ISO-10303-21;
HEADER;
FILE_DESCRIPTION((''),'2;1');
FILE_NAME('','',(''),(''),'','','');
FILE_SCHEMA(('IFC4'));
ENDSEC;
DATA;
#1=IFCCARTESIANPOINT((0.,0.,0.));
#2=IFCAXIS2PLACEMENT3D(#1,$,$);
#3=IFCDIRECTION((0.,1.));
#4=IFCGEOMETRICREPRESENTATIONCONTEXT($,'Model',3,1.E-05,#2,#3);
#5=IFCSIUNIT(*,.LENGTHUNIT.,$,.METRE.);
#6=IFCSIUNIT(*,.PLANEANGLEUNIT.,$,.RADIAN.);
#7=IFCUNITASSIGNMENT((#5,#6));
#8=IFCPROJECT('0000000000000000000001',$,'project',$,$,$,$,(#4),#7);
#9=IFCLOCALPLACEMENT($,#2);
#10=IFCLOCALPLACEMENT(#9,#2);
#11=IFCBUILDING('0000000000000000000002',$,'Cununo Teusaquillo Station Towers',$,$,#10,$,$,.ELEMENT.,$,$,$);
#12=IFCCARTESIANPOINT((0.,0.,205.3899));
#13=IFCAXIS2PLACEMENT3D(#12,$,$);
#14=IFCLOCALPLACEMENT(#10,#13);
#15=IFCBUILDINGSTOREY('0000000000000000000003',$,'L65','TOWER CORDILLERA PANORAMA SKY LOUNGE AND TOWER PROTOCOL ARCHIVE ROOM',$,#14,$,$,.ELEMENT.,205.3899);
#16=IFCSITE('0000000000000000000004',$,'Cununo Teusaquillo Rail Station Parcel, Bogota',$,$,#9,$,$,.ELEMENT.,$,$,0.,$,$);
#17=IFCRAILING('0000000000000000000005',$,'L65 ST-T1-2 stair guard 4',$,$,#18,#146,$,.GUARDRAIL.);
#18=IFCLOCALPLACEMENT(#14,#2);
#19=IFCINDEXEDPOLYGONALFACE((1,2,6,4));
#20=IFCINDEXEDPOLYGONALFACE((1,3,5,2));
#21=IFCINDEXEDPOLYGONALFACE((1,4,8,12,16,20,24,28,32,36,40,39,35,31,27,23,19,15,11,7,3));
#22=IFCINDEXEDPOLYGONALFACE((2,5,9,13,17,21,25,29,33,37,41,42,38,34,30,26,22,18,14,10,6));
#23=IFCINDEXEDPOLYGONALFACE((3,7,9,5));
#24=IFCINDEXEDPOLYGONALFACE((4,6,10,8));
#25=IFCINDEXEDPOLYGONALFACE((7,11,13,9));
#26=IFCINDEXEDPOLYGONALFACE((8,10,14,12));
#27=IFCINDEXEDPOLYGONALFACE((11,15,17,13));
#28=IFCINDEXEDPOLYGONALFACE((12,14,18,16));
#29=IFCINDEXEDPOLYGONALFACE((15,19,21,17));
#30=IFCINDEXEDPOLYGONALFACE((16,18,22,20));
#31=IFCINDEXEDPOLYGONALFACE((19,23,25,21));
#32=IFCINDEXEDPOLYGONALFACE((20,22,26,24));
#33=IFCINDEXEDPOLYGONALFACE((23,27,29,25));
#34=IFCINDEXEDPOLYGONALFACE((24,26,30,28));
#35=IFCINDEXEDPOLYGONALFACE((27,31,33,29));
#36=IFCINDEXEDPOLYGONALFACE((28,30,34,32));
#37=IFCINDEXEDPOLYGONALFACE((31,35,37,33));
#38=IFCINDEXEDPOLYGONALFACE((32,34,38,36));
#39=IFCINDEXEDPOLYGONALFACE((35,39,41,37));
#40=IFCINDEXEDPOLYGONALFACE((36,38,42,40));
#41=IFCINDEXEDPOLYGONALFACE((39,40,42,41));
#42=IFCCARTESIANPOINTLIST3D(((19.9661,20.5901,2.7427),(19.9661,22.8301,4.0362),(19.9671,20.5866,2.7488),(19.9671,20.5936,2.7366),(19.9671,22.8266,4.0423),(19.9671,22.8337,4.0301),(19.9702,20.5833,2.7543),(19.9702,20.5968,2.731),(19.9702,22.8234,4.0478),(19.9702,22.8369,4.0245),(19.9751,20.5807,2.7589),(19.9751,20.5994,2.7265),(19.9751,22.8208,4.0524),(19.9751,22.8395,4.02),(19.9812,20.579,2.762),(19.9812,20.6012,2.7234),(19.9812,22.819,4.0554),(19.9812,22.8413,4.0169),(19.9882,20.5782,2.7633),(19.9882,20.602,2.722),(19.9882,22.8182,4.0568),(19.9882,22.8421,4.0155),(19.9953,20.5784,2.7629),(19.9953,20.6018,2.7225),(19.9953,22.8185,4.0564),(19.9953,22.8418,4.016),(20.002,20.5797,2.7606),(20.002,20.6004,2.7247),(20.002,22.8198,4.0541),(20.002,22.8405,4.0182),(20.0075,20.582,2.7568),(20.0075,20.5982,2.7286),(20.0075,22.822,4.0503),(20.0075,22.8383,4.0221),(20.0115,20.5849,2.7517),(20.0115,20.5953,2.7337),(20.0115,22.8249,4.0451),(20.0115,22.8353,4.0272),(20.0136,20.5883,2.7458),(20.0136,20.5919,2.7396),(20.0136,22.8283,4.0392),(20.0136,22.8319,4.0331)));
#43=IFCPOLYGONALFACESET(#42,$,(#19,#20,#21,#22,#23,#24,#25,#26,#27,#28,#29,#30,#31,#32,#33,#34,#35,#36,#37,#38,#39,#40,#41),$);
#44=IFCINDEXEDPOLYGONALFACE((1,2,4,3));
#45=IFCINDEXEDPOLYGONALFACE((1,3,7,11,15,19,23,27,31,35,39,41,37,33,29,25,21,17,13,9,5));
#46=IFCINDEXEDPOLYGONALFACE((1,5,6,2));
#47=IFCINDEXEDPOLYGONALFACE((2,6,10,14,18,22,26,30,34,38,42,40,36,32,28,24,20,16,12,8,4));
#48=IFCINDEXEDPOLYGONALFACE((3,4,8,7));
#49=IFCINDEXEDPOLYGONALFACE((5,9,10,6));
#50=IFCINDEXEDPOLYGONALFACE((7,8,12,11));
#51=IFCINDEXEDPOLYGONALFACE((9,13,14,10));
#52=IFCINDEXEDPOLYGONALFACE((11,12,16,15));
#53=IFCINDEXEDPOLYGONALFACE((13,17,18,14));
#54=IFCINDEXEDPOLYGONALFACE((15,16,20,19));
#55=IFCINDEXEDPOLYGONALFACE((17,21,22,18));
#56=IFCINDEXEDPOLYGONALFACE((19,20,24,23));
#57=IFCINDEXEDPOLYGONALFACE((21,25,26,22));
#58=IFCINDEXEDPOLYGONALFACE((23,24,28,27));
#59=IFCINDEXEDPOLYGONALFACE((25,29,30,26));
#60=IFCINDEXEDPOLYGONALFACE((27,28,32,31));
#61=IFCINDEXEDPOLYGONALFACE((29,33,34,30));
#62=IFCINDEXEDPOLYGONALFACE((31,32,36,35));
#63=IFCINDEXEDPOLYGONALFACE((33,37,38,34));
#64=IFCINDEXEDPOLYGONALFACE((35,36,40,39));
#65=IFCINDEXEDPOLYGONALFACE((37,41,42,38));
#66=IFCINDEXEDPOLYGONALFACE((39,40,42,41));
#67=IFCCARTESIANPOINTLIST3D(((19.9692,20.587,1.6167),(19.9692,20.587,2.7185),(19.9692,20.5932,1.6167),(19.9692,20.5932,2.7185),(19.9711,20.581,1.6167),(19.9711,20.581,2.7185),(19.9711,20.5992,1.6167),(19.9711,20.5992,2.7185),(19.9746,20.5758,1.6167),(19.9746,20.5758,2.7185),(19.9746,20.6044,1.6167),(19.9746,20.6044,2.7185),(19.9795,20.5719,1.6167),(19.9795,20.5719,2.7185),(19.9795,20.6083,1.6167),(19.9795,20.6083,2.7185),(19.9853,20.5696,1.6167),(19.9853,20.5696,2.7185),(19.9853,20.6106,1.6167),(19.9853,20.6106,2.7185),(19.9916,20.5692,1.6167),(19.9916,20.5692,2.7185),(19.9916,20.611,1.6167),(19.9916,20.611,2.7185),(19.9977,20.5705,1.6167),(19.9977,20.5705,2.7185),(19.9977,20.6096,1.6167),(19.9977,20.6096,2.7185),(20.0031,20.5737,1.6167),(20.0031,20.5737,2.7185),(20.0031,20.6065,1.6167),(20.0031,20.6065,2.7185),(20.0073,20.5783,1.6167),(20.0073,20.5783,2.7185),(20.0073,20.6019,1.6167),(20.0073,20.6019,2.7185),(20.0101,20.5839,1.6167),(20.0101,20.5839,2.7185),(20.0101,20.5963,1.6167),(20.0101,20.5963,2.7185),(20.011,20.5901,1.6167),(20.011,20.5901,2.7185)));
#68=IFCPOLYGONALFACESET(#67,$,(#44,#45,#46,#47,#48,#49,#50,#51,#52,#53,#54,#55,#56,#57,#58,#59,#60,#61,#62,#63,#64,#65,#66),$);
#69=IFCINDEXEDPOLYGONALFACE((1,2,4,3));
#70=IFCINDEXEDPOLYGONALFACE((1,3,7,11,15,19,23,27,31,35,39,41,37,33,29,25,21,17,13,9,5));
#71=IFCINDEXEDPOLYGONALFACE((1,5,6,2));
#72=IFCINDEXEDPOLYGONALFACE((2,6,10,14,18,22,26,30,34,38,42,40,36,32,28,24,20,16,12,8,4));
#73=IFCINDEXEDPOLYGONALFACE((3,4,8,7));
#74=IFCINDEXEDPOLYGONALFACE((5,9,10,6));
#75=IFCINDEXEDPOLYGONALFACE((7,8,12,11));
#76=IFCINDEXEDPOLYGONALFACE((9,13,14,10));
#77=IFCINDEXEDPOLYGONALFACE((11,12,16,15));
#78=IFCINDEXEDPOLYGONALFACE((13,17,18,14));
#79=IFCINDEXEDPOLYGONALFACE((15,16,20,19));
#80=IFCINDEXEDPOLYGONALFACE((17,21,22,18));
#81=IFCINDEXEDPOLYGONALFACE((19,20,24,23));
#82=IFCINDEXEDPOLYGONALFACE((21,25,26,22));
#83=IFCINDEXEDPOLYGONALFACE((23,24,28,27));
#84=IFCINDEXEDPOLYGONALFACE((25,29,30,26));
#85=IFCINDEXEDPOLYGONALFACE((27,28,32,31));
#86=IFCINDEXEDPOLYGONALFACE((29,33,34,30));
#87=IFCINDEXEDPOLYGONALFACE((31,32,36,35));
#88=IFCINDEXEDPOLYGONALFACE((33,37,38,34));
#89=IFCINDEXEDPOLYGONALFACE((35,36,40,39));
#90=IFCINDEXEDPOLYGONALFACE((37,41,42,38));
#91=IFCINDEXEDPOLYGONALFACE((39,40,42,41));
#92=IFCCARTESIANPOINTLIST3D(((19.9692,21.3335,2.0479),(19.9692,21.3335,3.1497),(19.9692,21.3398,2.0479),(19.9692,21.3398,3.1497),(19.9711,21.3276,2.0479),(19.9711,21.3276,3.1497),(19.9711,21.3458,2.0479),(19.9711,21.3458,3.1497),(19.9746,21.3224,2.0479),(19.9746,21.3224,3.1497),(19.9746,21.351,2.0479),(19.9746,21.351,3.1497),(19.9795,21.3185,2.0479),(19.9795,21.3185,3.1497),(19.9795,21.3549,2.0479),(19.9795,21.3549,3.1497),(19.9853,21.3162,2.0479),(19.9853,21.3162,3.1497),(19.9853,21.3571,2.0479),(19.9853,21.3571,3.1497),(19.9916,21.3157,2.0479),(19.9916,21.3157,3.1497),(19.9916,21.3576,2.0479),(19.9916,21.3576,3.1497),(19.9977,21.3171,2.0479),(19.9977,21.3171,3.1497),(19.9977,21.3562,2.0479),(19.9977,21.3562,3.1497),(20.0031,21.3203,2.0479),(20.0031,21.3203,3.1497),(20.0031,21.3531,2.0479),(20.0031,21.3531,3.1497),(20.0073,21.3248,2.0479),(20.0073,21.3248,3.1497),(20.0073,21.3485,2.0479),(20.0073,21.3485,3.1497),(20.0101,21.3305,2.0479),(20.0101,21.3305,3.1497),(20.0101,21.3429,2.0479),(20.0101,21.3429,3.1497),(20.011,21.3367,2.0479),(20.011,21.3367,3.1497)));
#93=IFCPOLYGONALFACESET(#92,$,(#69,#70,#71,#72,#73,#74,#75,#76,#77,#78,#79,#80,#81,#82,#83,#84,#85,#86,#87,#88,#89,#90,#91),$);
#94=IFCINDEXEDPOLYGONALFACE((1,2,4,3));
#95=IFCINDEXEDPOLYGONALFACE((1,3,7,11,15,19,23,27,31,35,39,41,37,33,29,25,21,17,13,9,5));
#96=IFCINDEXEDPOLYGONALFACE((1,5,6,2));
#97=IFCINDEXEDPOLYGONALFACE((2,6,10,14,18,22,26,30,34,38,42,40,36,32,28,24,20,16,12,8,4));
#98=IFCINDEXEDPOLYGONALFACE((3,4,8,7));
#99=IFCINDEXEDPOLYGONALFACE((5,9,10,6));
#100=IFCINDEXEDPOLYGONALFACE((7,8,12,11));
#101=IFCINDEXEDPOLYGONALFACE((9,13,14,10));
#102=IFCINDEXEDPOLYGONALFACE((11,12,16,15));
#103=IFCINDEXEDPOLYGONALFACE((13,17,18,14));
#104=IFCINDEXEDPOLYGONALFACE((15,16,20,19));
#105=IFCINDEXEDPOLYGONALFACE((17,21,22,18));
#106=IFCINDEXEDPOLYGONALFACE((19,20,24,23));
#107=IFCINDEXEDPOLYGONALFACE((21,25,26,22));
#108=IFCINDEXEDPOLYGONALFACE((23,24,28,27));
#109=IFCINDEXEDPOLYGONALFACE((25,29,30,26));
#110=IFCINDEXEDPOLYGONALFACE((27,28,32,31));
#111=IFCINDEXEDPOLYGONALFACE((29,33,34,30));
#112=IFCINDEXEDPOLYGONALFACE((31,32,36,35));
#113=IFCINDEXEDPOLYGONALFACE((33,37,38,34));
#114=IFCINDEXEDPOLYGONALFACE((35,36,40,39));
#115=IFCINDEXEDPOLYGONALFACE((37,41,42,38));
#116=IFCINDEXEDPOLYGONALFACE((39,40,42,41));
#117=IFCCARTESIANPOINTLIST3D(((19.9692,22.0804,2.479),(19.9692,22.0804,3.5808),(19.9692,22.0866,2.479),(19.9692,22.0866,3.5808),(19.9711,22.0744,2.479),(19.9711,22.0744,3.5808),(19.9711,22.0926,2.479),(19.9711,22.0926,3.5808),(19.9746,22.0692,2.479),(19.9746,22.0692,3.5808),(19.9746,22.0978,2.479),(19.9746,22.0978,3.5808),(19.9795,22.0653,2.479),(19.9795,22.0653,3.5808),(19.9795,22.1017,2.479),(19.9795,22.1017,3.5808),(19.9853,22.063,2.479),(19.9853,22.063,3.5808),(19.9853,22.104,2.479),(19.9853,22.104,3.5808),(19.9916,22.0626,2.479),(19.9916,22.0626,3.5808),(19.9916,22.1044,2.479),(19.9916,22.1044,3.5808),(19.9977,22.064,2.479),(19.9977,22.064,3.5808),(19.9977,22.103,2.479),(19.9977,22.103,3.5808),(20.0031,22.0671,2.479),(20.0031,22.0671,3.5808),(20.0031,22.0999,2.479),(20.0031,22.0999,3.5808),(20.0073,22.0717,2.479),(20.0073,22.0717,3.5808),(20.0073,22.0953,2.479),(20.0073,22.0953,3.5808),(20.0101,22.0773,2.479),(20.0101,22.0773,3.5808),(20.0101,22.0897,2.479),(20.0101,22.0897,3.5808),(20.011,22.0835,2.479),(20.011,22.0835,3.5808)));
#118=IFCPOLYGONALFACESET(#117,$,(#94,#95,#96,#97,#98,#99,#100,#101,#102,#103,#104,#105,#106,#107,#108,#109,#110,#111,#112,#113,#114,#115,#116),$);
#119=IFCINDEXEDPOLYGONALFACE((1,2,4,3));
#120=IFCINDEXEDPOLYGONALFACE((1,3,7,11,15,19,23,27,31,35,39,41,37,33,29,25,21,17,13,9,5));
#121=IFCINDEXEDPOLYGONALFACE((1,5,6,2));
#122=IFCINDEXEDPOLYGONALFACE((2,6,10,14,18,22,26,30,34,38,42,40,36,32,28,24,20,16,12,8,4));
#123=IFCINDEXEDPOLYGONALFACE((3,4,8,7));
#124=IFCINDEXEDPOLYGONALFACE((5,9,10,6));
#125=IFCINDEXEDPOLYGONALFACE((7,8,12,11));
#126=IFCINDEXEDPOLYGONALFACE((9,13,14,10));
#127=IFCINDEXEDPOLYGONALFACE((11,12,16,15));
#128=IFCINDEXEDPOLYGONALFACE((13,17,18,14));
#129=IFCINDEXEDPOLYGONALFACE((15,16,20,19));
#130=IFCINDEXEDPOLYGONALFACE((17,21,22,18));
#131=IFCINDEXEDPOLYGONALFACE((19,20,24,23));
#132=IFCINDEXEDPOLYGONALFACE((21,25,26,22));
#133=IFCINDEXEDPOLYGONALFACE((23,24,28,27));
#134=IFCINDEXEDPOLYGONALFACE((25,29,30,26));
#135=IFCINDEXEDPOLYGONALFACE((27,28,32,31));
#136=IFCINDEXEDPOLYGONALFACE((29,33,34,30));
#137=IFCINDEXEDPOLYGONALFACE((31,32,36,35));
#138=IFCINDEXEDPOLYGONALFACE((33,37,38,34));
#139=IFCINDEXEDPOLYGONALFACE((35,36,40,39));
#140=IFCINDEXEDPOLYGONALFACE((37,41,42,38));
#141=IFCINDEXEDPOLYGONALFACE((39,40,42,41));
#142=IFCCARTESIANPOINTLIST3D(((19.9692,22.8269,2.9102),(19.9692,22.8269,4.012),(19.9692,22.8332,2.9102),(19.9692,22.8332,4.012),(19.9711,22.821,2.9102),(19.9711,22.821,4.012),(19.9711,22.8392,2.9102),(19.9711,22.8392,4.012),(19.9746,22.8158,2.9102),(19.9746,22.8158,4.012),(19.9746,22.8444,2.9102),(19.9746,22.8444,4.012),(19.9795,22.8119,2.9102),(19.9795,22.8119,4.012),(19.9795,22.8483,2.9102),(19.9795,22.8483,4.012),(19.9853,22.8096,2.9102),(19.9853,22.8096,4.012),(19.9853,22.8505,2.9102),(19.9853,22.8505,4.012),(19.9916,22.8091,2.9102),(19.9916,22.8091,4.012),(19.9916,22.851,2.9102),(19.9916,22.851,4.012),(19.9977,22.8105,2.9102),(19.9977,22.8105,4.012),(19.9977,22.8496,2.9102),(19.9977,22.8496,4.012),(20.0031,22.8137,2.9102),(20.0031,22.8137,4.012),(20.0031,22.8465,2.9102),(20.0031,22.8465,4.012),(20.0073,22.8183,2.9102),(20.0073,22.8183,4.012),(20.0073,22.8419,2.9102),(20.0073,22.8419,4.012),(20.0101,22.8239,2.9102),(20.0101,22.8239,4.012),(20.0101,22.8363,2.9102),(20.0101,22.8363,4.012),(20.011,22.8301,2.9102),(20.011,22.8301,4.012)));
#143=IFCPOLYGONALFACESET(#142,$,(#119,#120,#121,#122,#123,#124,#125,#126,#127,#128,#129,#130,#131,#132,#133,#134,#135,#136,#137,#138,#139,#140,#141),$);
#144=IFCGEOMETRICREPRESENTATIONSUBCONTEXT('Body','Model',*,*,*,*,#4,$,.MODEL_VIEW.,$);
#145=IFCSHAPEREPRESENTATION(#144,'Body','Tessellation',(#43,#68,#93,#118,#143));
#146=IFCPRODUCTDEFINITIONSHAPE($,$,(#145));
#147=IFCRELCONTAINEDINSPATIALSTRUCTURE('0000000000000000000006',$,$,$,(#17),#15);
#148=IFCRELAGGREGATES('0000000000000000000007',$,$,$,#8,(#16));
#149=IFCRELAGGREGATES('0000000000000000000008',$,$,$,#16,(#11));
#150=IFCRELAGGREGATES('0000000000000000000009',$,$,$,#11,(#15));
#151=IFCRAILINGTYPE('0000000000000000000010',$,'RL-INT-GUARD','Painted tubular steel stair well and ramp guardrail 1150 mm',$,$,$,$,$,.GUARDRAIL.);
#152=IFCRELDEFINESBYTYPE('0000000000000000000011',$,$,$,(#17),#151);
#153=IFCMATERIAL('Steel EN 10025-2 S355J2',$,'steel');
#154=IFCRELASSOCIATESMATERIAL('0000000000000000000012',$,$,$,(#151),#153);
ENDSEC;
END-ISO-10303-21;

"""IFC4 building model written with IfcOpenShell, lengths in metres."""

from ifc_helpers import new_model, si_unit, direction, frame, origin, origin_2d, place, context, subcontext, project, spatial, circle, extrude, material, type_object, element, save


model = new_model("IFC4")

# Units and contexts
model_context = context("Model", 3, precision=1e-05, world=origin(), true_north=direction((0.0, 1.0)))
body_context = subcontext(model_context, "Body", "Model", "MODEL_VIEW")
ifc_project = project(units=[si_unit("LENGTHUNIT", "METRE"), si_unit("PLANEANGLEUNIT", "RADIAN")], contexts=[model_context])

# Site, building, storey
site_placement = place(None, origin())
site = spatial("IfcSite", under=ifc_project, at=site_placement, Name="Cununo Teusaquillo Rail Station Parcel, Bogota", CompositionType="ELEMENT", RefElevation=0.0)
building_placement = place(site_placement, origin())
building = spatial("IfcBuilding", under=site, at=building_placement, Name="Cununo Teusaquillo Station Towers", CompositionType="ELEMENT")
storey_placement = place(building_placement, frame((0.0, 0.0, 205.3899)))
storey = spatial("IfcBuildingStorey", under=building, at=storey_placement, Name="L65", Description="TOWER CORDILLERA PANORAMA SKY LOUNGE AND TOWER PROTOCOL ARCHIVE ROOM", CompositionType="ELEMENT", Elevation=205.3899)

# Railing
ifc_material_1 = material(Name="Steel EN 10025-2 S355J2", Category="steel")
railing_type_1 = type_object("IfcRailingType", Name="RL-INT-GUARD", Description="Painted tubular steel stair well and ramp guardrail 1150 mm", PredefinedType="GUARDRAIL", material=ifc_material_1)
railing_1_placement = place(storey_placement, frame((19.99, 20.5901, 1.6167)))
element("IfcRailing", 1, at=railing_1_placement, inside=storey, type_object=railing_type_1, Name="L65 ST-T1-2 stair guard 4", PredefinedType="GUARDRAIL", context=body_context, shape_type="SweptSolid", body=[
    extrude(circle(Radius=0.0239, at=origin_2d()), frame((0.0, 0.0, 1.126), z_axis=(0.0, 0.865992, 0.500057), x_axis=(-1.0, 0.0, 0.0)), (0.0, 0.0, 1.0), 2.5867),
    extrude(circle(Radius=0.021, at=origin_2d()), origin(), (0.0, 0.0, 1.0), 1.1018),
    extrude(circle(Radius=0.021, at=origin_2d()), frame((0.0, 0.7466, 0.4312)), (0.0, 0.0, 1.0), 1.1018),
    extrude(circle(Radius=0.021, at=origin_2d()), frame((0.0, 1.4934, 0.8623)), (0.0, 0.0, 1.0), 1.1018),
    extrude(circle(Radius=0.021, at=origin_2d()), frame((0.0, 2.24, 1.2935)), (0.0, 0.0, 1.0), 1.1018),
])

save(model, "model.ifc")
